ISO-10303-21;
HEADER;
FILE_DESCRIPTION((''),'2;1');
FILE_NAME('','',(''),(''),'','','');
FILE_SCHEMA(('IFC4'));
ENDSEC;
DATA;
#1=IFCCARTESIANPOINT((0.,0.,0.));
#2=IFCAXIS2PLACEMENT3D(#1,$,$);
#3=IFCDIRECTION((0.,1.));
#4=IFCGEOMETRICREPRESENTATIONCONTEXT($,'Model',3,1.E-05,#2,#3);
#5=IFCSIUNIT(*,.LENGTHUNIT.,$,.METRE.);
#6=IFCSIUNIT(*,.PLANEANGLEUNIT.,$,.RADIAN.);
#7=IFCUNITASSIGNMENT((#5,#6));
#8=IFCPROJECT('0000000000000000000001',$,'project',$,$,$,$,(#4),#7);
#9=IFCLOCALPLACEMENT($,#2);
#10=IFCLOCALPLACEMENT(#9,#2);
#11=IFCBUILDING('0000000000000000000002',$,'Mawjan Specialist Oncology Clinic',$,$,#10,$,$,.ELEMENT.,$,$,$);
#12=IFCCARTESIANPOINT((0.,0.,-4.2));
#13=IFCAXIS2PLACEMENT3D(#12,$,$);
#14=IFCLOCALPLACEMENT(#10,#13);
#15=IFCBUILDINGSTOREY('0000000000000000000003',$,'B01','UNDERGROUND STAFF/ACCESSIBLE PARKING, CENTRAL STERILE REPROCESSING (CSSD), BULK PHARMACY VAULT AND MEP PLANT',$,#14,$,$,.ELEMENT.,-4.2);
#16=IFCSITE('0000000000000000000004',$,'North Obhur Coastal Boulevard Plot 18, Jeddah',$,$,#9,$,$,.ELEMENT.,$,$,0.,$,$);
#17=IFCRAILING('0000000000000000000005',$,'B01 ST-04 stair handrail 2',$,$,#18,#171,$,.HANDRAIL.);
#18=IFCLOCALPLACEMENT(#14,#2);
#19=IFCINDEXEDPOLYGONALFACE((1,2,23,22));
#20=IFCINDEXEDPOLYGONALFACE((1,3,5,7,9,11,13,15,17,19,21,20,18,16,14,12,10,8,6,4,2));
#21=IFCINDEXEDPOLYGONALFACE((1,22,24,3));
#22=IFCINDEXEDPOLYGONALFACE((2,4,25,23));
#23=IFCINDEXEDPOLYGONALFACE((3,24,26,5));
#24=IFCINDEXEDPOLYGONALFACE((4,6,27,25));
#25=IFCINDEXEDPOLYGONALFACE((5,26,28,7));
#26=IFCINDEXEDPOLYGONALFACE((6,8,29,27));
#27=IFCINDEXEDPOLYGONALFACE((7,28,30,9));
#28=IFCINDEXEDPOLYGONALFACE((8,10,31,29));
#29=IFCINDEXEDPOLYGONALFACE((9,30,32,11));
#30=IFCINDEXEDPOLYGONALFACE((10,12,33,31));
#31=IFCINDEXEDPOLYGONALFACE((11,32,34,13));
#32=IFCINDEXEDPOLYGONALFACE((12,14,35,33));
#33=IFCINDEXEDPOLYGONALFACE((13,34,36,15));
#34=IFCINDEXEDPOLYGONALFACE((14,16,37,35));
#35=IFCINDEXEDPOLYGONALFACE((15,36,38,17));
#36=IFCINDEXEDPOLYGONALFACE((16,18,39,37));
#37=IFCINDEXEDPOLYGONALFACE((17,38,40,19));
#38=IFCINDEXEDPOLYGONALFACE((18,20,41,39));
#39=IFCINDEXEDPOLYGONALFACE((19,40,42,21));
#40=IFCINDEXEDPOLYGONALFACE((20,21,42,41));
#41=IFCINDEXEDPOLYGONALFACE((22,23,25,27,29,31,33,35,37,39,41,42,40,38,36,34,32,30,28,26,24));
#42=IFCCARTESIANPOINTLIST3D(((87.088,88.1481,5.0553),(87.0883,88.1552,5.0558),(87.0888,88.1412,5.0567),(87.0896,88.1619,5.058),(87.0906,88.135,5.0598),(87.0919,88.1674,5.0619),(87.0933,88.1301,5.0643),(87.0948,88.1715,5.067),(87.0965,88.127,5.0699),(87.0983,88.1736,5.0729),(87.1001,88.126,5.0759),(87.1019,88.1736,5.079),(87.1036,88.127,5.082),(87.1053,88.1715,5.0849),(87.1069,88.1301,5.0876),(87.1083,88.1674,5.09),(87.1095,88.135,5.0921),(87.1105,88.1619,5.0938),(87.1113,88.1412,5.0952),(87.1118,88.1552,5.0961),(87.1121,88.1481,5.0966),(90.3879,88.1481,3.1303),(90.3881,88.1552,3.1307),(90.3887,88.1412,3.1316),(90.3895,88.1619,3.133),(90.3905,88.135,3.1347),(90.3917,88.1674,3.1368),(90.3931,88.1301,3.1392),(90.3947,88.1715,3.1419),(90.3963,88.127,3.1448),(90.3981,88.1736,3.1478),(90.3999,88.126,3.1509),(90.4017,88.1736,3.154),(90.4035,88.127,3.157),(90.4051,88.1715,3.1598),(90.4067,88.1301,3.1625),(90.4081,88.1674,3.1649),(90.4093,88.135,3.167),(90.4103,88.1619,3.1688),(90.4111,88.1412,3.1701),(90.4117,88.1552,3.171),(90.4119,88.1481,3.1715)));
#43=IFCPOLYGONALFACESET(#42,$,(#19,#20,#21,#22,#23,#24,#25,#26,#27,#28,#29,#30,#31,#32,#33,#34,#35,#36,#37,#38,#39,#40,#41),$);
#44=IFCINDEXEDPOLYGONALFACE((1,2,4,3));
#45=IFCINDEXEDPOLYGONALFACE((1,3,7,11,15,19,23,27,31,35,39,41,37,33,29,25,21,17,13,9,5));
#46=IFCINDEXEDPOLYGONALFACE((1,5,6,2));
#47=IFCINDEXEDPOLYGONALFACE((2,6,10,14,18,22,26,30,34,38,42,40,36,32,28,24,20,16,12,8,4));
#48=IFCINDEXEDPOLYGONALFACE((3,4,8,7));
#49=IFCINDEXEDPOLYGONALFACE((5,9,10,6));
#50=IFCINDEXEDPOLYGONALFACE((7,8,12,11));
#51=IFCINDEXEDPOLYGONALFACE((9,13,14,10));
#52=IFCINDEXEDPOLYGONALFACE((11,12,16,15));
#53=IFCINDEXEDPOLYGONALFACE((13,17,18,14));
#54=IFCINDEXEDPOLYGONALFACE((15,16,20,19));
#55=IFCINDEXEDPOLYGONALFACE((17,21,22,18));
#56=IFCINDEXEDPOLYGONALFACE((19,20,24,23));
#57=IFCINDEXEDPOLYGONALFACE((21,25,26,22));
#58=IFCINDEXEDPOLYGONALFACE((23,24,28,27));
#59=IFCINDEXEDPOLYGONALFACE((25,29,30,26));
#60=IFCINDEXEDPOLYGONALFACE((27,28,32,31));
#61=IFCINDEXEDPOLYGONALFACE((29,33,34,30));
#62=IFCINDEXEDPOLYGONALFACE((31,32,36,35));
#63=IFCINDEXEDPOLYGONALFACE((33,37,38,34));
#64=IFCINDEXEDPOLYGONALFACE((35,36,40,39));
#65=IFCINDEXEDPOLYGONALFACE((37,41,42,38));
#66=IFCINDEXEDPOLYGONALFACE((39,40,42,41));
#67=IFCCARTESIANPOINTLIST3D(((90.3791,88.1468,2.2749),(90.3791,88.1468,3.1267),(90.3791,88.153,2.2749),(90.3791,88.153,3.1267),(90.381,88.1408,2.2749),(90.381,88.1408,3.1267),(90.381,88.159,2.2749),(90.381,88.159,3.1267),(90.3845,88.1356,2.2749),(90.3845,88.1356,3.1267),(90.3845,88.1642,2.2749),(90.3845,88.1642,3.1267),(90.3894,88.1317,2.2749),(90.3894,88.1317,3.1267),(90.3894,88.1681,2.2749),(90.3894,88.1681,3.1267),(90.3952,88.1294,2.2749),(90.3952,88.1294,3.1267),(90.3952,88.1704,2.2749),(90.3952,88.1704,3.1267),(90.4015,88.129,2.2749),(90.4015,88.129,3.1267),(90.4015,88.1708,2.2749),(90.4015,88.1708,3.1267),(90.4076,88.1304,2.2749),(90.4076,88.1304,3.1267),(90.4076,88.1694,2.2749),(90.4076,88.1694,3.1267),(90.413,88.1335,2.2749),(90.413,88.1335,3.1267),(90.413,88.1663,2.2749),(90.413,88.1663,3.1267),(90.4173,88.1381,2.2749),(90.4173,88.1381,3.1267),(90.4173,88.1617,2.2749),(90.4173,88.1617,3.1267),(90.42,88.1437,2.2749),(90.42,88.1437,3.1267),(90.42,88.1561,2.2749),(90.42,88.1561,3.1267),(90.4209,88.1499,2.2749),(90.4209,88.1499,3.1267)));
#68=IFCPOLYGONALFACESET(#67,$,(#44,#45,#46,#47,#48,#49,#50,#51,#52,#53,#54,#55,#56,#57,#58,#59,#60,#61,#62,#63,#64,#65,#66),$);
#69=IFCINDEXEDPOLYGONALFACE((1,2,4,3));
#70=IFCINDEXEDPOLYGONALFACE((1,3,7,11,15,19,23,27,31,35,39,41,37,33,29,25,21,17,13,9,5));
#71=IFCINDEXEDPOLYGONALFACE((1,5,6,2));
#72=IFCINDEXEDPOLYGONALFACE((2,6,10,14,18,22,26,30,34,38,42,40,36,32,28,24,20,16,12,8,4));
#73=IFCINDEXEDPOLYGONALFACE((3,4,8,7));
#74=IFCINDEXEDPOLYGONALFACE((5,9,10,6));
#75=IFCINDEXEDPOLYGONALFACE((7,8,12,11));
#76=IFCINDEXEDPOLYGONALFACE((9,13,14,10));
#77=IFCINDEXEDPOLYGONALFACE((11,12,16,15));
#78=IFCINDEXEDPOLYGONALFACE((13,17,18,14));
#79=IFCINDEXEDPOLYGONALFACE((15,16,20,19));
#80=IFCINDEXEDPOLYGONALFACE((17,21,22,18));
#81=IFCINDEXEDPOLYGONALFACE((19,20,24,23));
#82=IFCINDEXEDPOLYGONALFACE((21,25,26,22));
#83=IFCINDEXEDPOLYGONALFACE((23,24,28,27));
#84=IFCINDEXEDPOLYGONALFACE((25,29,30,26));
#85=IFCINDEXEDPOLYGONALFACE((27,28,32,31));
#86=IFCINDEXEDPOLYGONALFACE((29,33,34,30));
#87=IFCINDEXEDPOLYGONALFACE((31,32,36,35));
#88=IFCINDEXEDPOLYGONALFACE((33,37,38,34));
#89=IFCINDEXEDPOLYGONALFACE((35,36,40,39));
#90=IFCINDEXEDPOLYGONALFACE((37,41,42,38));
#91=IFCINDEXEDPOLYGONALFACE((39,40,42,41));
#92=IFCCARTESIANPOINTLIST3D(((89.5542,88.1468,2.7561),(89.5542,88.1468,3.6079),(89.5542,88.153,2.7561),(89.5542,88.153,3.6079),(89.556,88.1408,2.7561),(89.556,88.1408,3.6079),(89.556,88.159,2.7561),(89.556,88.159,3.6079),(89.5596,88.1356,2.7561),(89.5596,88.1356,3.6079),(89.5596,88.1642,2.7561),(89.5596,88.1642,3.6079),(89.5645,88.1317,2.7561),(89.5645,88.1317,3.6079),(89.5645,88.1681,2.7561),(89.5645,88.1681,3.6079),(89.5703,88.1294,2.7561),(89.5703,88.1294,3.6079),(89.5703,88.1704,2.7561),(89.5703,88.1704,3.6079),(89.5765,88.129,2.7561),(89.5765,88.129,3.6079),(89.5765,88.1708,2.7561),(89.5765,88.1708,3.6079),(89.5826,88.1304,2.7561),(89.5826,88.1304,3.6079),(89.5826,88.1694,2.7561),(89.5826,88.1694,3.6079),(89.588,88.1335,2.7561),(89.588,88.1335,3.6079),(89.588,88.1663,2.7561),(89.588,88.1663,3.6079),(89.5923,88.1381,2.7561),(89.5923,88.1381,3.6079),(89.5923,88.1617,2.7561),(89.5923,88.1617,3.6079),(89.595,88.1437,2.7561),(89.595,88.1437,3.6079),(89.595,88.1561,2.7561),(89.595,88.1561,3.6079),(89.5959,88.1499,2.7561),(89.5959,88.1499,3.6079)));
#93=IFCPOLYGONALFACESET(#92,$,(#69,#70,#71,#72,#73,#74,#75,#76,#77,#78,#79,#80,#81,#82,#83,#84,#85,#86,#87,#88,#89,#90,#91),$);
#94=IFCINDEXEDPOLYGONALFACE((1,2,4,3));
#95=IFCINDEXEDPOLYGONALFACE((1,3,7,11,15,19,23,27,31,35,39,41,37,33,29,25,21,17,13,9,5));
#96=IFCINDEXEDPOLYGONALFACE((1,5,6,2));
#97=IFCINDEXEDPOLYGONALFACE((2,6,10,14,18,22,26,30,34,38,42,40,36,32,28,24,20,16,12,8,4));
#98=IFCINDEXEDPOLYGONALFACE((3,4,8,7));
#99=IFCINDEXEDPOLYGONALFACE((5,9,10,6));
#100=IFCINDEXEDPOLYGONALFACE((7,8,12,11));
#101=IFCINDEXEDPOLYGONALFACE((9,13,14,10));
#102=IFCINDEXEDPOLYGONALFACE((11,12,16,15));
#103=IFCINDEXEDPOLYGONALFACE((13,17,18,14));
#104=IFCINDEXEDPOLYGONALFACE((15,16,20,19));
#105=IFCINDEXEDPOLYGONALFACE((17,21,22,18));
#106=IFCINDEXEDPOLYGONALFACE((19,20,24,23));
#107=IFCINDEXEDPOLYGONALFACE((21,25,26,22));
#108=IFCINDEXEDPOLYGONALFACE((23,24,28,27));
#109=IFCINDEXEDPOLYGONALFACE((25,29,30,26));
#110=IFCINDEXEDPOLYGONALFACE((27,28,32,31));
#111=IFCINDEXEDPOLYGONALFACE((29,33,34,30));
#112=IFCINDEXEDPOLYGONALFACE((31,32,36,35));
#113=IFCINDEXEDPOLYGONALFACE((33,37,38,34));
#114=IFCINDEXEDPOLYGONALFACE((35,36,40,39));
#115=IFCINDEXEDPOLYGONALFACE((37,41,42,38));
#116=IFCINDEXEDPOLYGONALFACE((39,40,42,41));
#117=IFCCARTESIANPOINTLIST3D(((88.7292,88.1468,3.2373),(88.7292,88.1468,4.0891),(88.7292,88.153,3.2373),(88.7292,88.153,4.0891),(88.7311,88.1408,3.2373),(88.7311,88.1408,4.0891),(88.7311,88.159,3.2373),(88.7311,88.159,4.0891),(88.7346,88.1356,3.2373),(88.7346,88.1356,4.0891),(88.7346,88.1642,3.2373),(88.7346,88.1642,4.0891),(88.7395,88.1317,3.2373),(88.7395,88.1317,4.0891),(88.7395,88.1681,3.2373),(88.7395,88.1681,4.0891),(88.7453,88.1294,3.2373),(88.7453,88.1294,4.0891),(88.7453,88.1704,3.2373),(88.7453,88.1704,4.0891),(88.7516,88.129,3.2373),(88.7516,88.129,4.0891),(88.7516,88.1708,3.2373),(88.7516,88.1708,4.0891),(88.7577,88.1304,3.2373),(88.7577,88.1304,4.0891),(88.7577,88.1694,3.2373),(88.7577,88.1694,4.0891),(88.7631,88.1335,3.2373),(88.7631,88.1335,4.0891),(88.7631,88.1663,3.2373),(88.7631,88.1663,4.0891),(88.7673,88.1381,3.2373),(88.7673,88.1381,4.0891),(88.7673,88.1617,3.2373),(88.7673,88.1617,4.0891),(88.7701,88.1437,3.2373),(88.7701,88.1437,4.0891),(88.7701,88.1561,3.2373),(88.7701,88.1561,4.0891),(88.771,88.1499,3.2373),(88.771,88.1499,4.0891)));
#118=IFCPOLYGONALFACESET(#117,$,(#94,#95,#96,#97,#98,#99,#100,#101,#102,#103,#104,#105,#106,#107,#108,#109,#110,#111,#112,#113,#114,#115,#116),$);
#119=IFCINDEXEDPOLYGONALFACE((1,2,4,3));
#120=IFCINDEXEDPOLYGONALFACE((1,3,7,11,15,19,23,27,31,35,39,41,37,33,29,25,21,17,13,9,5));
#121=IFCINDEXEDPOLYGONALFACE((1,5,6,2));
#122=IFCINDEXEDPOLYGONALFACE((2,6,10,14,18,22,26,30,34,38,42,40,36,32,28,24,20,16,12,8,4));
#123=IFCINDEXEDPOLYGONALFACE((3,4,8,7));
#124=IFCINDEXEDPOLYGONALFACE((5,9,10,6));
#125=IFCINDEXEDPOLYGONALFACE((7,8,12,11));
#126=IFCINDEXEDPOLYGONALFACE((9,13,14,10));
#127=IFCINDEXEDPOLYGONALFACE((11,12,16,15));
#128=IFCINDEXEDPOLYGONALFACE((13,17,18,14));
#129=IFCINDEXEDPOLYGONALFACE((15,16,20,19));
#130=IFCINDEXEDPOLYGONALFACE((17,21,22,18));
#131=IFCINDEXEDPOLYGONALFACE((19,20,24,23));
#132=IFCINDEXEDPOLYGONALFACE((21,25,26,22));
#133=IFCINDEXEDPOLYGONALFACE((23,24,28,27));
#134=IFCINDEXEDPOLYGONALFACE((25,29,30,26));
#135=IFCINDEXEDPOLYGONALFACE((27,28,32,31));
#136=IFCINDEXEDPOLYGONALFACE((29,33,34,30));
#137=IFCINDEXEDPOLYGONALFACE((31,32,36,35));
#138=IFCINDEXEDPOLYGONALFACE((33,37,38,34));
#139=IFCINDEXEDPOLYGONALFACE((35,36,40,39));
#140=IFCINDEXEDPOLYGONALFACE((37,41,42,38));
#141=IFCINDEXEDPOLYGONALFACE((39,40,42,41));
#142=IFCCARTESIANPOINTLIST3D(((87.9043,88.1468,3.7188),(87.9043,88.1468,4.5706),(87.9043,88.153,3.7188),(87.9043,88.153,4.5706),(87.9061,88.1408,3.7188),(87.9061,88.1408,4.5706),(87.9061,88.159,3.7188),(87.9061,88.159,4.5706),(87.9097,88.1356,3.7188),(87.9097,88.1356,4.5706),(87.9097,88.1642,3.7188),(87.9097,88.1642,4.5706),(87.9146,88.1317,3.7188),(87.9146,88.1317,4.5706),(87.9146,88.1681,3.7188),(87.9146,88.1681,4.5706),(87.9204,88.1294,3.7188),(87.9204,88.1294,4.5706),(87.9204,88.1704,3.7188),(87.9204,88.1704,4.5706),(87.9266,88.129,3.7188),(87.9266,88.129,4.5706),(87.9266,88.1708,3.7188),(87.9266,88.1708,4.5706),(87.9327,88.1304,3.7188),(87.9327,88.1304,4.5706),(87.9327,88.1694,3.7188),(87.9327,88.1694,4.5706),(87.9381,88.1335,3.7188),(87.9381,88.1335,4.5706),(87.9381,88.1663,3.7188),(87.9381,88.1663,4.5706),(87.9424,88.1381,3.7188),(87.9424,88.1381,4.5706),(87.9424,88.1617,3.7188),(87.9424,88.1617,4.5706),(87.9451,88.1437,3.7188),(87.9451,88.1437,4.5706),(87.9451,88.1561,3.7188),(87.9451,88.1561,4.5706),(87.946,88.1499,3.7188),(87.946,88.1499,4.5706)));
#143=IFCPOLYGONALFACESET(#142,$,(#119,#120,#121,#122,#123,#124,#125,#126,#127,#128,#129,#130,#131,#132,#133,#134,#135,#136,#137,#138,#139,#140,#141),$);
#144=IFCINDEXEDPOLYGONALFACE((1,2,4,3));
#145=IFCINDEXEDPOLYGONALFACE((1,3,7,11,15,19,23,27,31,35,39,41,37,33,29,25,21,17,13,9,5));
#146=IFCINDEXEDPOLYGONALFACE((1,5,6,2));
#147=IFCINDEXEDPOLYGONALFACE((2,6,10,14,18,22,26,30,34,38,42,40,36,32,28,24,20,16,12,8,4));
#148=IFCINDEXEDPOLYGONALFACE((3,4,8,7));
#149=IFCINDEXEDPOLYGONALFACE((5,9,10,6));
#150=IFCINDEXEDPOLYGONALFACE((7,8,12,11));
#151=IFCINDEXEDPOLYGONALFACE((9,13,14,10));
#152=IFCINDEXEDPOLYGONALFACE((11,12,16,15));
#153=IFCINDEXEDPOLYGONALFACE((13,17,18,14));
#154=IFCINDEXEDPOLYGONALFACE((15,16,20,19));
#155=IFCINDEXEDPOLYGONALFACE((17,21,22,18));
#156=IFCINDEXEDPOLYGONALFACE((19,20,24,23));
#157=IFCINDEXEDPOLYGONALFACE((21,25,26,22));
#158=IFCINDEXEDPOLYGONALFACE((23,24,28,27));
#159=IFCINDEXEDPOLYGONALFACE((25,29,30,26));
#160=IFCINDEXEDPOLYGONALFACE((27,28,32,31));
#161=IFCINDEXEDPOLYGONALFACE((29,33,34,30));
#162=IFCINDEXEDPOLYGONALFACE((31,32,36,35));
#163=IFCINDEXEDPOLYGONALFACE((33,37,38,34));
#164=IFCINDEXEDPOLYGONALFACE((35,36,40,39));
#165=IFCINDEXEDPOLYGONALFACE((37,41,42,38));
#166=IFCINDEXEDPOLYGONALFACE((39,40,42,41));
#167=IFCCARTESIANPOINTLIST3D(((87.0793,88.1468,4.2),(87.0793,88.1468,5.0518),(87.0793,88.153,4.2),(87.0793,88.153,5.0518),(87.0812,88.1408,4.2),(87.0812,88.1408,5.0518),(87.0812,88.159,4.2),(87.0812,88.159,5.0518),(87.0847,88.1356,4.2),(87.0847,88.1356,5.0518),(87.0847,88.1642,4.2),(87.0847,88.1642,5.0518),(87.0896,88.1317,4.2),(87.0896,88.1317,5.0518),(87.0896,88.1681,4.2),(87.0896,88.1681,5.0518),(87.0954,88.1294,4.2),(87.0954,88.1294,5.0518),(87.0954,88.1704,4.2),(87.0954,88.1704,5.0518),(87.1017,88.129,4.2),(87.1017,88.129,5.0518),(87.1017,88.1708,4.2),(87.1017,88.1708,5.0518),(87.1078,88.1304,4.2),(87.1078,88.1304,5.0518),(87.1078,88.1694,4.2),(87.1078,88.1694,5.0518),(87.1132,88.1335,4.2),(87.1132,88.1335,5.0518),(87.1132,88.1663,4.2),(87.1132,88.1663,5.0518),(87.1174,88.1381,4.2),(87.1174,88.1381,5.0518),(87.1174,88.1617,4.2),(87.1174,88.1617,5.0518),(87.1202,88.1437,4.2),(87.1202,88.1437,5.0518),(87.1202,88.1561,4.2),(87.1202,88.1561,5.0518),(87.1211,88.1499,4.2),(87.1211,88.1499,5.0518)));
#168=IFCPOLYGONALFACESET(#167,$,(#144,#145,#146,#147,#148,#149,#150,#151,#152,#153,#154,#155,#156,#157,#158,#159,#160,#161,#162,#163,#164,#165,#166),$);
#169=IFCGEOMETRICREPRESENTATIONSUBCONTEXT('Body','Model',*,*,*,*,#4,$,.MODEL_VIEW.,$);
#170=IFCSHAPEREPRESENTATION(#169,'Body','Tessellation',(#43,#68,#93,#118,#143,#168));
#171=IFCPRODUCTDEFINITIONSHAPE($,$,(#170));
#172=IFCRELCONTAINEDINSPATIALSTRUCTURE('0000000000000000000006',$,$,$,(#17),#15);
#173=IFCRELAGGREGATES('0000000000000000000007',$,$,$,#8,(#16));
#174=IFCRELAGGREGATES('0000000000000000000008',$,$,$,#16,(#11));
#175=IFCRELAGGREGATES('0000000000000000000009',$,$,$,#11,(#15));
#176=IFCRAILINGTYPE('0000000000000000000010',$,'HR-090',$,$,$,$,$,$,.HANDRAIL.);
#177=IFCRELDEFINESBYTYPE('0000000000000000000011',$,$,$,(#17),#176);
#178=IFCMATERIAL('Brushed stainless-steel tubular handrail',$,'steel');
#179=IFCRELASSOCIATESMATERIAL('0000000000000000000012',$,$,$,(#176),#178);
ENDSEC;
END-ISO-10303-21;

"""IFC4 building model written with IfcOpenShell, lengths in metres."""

from ifc_helpers import new_model, si_unit, direction, frame, origin, origin_2d, place, context, subcontext, project, spatial, circle, extrude, material, type_object, element, save


model = new_model("IFC4")

# Units and contexts
model_context = context("Model", 3, precision=1e-05, world=origin(), true_north=direction((0.0, 1.0)))
body_context = subcontext(model_context, "Body", "Model", "MODEL_VIEW")
ifc_project = project(units=[si_unit("LENGTHUNIT", "METRE"), si_unit("PLANEANGLEUNIT", "RADIAN")], contexts=[model_context])

# Site, building, storey
site_placement = place(None, origin())
site = spatial("IfcSite", under=ifc_project, at=site_placement, Name="North Obhur Coastal Boulevard Plot 18, Jeddah", CompositionType="ELEMENT", RefElevation=0.0)
building_placement = place(site_placement, origin())
building = spatial("IfcBuilding", under=site, at=building_placement, Name="Mawjan Specialist Oncology Clinic", CompositionType="ELEMENT")
storey_placement = place(building_placement, frame((0.0, 0.0, -4.2)))
storey = spatial("IfcBuildingStorey", under=building, at=storey_placement, Name="B01", Description="UNDERGROUND STAFF/ACCESSIBLE PARKING, CENTRAL STERILE REPROCESSING (CSSD), BULK PHARMACY VAULT AND MEP PLANT", CompositionType="ELEMENT", Elevation=-4.2)

# Railing
ifc_material_1 = material(Name="Brushed stainless-steel tubular handrail", Category="steel")
railing_type_1 = type_object("IfcRailingType", Name="HR-090", PredefinedType="HANDRAIL", material=ifc_material_1)
railing_1_placement = place(storey_placement, frame((90.3999, 88.1499, 2.2749)))
element("IfcRailing", 1, at=railing_1_placement, inside=storey, type_object=railing_type_1, Name="B01 ST-04 stair handrail 2", PredefinedType="HANDRAIL", context=body_context, shape_type="SweptSolid", body=[
    extrude(circle(Radius=0.0239, at=origin_2d()), frame((0.0, 0.0, 0.876), z_axis=(-0.86376, 0.0, 0.503903), x_axis=(0.0, -1.0, 0.0)), (0.0, 0.0, 1.0), 3.8203),
    extrude(circle(Radius=0.021, at=origin_2d()), origin(), (0.0, 0.0, 1.0), 0.8518),
    extrude(circle(Radius=0.021, at=origin_2d()), frame((-0.825, 0.0, 0.4812)), (0.0, 0.0, 1.0), 0.8518),
    extrude(circle(Radius=0.021, at=origin_2d()), frame((-1.6499, 0.0, 0.9624)), (0.0, 0.0, 1.0), 0.8518),
    extrude(circle(Radius=0.021, at=origin_2d()), frame((-2.4749, 0.0, 1.4438)), (0.0, 0.0, 1.0), 0.8518),
    extrude(circle(Radius=0.021, at=origin_2d()), frame((-3.2998, 0.0, 1.925)), (0.0, 0.0, 1.0), 0.8518),
])

save(model, "model.ifc")
